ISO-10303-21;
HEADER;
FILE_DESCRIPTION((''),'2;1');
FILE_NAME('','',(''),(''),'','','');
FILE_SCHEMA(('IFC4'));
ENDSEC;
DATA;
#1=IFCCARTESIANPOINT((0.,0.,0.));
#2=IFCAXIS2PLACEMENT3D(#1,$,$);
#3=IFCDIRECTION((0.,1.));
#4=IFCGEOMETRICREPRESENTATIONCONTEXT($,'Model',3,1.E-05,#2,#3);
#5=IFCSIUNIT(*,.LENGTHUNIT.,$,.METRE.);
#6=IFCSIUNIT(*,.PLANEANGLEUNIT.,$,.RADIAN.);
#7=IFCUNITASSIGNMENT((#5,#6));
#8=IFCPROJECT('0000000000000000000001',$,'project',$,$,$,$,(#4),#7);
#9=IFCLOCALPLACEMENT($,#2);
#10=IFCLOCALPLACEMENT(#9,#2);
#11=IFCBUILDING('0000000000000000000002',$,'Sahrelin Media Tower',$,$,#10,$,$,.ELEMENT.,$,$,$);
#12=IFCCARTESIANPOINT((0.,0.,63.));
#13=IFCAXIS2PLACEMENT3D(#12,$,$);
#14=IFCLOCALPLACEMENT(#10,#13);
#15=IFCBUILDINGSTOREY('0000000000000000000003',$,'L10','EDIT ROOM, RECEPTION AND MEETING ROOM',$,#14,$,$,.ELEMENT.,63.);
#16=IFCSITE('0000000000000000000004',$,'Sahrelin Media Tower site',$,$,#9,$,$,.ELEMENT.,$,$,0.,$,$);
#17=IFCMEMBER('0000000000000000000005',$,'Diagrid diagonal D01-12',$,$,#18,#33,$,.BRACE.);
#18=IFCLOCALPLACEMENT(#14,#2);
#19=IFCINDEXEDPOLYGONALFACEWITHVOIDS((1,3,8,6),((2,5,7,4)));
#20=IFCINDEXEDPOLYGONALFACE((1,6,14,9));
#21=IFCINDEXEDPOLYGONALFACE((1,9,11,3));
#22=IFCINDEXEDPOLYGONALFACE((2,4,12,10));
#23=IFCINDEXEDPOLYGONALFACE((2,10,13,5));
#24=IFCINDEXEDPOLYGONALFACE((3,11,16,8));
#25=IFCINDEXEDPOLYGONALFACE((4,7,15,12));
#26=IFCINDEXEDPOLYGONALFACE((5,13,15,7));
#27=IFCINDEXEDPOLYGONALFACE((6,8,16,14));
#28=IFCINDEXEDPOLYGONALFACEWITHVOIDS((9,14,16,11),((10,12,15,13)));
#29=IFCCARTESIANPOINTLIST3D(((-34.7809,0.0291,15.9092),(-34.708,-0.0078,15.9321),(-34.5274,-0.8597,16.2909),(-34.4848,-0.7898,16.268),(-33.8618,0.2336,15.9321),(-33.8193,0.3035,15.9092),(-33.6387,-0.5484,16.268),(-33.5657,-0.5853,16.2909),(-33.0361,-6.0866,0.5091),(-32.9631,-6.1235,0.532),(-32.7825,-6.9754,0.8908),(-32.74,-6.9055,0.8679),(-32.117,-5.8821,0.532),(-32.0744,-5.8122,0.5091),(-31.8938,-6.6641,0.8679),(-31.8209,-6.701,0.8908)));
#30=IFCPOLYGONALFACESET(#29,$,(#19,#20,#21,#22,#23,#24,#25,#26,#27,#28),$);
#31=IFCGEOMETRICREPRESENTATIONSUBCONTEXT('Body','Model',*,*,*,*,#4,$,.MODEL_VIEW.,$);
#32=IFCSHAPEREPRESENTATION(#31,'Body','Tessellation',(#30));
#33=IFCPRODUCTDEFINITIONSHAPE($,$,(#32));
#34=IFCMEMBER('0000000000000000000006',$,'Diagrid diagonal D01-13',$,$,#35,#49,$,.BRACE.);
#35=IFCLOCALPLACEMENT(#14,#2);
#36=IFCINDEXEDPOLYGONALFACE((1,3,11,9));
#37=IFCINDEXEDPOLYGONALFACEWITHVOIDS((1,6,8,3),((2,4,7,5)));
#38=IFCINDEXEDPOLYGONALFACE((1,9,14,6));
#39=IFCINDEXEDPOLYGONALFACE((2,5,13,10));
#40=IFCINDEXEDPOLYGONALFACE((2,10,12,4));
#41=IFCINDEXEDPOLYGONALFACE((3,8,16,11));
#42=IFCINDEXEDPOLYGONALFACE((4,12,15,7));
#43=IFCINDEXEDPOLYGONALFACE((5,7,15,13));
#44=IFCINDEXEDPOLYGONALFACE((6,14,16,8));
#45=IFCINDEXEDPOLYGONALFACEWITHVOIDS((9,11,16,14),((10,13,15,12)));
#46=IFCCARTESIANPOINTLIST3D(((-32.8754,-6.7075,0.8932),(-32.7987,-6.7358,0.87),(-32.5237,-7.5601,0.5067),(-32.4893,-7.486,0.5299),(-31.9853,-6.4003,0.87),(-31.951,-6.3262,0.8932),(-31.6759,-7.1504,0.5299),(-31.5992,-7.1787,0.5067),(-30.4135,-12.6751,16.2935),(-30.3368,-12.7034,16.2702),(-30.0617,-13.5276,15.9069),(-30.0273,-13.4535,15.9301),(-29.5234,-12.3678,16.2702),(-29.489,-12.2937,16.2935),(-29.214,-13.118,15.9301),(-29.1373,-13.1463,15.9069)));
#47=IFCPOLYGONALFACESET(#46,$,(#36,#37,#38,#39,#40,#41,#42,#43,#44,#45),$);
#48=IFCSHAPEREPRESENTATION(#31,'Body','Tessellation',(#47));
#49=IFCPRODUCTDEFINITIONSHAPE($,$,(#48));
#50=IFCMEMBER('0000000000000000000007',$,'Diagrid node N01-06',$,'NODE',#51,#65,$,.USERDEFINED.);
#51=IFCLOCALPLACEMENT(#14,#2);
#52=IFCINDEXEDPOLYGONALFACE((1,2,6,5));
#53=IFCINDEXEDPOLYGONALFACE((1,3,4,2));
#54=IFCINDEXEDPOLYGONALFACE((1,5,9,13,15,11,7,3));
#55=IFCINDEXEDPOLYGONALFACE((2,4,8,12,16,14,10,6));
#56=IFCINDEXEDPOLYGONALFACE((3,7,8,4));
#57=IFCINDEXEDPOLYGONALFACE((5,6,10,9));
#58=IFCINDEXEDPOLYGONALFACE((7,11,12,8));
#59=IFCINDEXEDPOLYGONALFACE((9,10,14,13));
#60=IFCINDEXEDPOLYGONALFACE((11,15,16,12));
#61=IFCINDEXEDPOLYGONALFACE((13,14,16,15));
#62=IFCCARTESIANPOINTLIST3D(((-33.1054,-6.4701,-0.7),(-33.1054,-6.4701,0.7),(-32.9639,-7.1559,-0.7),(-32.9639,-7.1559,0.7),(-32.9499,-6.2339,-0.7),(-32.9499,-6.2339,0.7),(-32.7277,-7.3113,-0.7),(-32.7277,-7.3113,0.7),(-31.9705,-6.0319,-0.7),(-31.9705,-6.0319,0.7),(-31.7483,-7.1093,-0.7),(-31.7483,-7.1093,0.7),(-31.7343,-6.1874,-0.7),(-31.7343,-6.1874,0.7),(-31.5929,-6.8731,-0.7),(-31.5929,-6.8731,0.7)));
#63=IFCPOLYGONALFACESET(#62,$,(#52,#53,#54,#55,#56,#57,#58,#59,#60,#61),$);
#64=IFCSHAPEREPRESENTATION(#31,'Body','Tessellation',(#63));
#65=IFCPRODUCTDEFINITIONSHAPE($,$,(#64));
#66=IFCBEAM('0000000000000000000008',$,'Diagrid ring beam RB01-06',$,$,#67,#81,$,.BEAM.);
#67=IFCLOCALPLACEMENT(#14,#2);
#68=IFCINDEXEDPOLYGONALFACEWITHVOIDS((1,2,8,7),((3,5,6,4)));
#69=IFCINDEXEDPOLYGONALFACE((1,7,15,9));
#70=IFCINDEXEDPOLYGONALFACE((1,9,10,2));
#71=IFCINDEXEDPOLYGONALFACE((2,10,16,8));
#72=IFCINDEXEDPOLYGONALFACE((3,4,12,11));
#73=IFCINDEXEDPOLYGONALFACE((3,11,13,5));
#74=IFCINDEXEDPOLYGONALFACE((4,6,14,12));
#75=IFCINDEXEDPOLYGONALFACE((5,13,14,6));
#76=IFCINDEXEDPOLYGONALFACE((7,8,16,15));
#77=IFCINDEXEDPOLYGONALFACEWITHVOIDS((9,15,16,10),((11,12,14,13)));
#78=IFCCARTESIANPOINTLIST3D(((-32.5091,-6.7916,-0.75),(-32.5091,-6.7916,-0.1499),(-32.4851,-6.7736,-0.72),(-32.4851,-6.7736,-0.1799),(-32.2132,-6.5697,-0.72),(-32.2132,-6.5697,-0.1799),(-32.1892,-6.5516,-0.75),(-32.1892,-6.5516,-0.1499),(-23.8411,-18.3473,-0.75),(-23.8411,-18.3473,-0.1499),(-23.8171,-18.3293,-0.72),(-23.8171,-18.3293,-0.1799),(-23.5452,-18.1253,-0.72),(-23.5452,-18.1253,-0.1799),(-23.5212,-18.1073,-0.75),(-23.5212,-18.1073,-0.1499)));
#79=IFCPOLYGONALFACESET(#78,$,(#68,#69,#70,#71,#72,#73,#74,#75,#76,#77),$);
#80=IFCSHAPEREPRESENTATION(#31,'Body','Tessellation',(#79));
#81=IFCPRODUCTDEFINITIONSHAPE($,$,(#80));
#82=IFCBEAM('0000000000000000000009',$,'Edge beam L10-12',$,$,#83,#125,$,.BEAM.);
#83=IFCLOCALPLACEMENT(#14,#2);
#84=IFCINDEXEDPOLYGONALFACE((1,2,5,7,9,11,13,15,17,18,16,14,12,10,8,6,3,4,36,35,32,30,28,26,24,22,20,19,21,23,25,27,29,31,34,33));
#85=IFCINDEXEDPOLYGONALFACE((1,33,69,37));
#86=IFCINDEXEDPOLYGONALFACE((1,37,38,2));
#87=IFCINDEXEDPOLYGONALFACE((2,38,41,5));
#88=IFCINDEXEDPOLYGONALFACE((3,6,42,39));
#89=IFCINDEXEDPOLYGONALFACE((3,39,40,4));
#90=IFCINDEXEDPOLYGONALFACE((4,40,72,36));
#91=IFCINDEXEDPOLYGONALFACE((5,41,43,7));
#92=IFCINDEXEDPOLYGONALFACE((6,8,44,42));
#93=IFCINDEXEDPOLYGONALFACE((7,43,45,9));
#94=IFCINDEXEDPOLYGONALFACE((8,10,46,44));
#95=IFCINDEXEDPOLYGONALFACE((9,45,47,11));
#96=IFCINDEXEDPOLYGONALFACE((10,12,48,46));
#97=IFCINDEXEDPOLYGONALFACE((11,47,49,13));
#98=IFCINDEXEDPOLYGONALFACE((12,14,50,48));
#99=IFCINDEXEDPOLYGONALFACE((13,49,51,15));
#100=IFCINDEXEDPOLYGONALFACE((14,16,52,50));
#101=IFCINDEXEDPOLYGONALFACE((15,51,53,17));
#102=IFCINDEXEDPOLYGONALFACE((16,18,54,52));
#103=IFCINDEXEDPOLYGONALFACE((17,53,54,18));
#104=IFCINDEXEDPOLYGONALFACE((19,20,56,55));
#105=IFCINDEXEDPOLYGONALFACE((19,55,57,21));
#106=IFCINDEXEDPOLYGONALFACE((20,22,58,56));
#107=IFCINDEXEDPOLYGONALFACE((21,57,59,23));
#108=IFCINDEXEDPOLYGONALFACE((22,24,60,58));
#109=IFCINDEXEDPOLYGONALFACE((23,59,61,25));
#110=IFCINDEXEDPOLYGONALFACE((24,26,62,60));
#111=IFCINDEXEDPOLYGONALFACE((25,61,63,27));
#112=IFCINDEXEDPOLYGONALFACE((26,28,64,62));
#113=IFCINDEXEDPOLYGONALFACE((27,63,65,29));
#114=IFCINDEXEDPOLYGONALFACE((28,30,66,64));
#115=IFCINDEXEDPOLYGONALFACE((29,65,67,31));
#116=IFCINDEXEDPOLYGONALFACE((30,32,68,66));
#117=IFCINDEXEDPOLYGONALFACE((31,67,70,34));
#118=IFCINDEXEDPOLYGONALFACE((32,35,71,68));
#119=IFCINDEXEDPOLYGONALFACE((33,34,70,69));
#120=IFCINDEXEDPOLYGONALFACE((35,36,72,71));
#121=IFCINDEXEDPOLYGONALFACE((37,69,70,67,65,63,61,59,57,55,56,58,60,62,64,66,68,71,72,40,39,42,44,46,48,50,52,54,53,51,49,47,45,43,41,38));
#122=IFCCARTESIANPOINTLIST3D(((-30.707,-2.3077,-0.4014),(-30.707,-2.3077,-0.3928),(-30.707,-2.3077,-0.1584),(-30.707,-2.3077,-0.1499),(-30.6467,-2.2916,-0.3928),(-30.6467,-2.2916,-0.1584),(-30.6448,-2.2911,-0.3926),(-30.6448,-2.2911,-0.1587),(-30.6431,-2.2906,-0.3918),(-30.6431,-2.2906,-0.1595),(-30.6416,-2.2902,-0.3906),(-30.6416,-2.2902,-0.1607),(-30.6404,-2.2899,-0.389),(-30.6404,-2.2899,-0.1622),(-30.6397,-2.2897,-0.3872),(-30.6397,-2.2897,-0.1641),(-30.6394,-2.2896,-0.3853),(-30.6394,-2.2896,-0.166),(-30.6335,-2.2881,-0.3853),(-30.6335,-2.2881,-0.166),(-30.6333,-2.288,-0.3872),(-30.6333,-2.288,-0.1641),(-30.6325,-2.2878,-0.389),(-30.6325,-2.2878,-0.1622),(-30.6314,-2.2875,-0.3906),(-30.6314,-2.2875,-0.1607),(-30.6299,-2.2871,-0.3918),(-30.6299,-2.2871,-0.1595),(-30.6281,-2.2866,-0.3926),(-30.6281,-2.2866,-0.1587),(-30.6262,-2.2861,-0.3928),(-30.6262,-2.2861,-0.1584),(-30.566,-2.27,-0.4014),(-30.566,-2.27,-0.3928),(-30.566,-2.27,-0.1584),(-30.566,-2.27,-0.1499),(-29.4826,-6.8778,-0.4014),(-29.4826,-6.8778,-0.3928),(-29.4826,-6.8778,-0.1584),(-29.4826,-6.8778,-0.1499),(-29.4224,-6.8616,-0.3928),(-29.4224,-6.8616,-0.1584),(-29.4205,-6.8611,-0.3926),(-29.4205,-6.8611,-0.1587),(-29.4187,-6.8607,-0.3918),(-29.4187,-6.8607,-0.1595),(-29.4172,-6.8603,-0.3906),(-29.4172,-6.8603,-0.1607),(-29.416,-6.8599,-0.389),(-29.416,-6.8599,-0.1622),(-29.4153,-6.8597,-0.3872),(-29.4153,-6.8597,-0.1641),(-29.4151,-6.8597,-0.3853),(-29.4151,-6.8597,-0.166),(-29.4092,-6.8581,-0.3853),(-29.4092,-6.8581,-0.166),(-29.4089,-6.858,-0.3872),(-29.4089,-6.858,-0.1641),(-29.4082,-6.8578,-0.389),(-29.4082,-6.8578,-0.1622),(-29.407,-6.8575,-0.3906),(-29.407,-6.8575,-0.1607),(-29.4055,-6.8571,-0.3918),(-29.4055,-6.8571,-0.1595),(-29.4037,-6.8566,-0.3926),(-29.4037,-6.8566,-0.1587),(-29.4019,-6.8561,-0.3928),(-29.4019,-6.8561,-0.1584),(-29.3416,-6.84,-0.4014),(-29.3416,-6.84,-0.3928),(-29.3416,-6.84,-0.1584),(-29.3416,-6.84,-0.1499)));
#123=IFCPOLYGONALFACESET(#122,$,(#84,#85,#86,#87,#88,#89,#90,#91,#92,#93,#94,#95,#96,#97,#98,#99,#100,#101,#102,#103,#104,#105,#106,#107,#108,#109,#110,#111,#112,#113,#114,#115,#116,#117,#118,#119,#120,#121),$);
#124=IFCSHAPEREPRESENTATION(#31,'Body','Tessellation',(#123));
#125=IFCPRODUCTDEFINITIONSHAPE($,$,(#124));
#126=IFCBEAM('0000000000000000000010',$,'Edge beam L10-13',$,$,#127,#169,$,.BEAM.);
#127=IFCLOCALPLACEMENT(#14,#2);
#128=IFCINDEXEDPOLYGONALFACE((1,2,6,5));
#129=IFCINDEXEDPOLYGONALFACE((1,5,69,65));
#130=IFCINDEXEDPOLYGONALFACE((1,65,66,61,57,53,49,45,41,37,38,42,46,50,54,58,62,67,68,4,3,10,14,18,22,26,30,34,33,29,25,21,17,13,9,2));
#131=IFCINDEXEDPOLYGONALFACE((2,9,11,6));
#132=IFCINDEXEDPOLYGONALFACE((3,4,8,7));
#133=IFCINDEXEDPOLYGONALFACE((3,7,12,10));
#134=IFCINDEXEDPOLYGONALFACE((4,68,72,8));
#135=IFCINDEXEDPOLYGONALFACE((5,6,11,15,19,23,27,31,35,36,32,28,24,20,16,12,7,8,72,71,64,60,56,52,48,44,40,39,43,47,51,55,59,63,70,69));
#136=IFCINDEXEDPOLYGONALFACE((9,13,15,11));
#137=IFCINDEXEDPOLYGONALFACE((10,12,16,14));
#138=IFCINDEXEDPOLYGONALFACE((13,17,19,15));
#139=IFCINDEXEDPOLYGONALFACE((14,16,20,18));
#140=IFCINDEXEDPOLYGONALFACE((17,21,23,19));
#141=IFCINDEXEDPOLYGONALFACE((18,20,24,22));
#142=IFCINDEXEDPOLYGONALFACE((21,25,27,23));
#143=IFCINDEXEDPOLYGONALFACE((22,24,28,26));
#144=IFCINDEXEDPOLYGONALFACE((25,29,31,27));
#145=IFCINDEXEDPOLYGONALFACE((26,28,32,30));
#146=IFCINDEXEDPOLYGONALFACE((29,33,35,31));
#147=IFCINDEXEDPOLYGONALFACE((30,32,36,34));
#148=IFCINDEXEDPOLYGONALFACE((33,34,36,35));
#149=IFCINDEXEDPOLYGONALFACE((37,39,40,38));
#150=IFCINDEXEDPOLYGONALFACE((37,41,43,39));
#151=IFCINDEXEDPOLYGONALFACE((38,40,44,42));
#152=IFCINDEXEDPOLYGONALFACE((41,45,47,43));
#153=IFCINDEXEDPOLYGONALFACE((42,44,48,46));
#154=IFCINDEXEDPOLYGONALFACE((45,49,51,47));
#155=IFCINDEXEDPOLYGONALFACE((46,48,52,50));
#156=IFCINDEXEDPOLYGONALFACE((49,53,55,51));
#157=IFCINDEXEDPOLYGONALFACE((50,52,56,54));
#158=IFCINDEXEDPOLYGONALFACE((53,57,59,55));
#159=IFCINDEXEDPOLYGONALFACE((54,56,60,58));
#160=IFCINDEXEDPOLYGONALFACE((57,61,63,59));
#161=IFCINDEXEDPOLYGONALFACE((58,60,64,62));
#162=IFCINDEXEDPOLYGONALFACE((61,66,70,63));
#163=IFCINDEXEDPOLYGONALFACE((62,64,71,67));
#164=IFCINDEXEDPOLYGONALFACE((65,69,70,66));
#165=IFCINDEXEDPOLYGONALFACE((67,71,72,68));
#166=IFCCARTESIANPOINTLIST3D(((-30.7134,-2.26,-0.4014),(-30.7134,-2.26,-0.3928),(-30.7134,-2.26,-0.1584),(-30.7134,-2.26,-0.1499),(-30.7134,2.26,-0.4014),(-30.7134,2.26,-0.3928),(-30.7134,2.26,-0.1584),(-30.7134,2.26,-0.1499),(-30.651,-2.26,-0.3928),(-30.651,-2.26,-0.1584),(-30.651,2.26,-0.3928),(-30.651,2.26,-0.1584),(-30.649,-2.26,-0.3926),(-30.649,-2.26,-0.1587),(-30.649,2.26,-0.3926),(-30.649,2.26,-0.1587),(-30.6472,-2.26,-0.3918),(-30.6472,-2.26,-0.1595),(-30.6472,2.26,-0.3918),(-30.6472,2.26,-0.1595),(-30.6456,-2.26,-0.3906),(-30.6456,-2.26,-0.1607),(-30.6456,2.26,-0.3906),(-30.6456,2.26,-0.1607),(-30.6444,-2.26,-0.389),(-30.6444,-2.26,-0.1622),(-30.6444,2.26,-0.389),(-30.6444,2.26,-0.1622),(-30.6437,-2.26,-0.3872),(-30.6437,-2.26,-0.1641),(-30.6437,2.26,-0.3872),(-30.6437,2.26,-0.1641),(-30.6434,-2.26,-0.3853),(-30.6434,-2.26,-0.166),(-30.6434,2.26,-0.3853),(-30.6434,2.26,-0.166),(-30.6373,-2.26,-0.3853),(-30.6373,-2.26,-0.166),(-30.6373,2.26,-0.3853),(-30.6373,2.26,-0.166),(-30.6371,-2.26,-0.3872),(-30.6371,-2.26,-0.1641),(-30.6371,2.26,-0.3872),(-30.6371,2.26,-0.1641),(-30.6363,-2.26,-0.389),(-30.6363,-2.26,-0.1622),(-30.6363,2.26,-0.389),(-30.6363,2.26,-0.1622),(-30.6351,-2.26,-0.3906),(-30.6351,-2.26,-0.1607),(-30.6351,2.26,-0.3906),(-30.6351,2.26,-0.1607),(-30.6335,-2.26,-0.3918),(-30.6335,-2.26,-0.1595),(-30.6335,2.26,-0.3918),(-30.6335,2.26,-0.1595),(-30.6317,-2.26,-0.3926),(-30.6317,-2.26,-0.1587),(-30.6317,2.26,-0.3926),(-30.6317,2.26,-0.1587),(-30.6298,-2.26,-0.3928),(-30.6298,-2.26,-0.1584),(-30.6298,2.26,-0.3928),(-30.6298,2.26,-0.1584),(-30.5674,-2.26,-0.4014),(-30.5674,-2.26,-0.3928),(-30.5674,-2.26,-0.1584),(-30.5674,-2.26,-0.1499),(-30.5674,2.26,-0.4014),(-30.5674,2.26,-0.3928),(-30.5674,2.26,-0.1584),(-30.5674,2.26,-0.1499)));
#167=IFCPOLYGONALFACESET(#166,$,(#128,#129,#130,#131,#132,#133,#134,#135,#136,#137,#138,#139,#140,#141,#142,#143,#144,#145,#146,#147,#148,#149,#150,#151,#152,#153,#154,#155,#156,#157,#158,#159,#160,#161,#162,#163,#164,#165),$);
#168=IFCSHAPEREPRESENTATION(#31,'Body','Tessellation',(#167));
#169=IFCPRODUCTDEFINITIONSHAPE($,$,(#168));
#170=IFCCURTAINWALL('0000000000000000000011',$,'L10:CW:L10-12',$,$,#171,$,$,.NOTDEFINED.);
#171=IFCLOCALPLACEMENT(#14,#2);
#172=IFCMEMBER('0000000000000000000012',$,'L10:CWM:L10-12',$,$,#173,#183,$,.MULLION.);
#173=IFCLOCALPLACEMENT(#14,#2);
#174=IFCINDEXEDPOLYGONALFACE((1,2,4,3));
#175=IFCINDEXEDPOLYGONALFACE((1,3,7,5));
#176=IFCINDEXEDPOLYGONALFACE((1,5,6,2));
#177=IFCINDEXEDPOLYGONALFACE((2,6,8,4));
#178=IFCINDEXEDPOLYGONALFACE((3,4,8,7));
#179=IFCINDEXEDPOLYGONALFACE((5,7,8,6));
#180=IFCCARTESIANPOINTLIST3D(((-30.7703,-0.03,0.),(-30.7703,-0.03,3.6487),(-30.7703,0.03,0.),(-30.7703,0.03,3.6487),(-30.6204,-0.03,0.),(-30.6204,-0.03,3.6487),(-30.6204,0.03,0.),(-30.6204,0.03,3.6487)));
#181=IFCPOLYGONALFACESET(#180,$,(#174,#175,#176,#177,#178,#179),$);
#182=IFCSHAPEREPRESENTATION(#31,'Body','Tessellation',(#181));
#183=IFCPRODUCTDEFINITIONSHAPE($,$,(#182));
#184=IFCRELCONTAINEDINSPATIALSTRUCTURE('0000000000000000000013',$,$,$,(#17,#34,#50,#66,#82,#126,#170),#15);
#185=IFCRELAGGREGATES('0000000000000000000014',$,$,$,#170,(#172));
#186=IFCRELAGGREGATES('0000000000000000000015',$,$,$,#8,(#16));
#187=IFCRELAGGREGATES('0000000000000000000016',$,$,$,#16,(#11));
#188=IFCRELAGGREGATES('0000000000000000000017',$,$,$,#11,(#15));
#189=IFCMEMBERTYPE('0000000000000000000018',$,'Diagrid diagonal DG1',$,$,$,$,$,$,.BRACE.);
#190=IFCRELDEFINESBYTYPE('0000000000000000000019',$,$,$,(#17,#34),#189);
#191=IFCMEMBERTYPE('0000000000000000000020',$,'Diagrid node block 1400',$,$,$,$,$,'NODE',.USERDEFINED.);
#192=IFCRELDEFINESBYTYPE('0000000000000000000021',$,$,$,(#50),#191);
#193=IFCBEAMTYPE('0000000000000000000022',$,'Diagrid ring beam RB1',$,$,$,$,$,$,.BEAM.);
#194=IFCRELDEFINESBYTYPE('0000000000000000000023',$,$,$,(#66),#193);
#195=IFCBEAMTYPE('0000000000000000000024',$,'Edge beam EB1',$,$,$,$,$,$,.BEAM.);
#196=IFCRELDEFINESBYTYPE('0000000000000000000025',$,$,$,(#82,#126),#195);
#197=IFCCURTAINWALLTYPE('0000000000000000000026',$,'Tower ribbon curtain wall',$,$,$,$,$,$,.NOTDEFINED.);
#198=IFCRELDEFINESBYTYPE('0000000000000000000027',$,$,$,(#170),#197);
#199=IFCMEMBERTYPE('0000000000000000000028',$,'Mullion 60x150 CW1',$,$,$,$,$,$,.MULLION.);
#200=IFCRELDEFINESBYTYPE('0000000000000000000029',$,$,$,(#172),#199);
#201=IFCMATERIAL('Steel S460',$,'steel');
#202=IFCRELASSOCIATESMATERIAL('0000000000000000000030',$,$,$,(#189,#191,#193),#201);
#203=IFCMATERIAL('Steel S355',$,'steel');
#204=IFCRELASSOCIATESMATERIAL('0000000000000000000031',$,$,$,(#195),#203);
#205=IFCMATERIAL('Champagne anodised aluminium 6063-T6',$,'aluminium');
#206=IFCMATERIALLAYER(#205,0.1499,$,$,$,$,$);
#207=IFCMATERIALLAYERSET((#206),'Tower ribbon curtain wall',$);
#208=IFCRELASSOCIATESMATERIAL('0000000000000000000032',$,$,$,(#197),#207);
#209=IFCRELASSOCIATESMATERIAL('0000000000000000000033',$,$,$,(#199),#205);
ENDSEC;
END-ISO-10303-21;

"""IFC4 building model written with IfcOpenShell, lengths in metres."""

from ifc_helpers import new_model, si_unit, direction, frame, origin, origin_2d, place, context, subcontext, project, spatial, polyline, rectangle, hollow_rectangle, i_section, outline, extrude, material, layer, layer_set, material_profile, profile_set, type_object, element, aggregate, save


model = new_model("IFC4")

# Units and contexts
model_context = context("Model", 3, precision=1e-05, world=origin(), true_north=direction((0.0, 1.0)))
body_context = subcontext(model_context, "Body", "Model", "MODEL_VIEW")
ifc_project = project(units=[si_unit("LENGTHUNIT", "METRE"), si_unit("PLANEANGLEUNIT", "RADIAN")], contexts=[model_context])

# Site, building, storey
site_placement = place(None, origin())
site = spatial("IfcSite", under=ifc_project, at=site_placement, Name="Sahrelin Media Tower site", CompositionType="ELEMENT", RefElevation=0.0)
building_placement = place(site_placement, origin())
building = spatial("IfcBuilding", under=site, at=building_placement, Name="Sahrelin Media Tower", CompositionType="ELEMENT")
storey_placement = place(building_placement, frame((0.0, 0.0, 63.0)))
storey = spatial("IfcBuildingStorey", under=building, at=storey_placement, Name="L10", Description="EDIT ROOM, RECEPTION AND MEETING ROOM", CompositionType="ELEMENT", Elevation=63.0)

# Members
ifc_material_1 = material(Name="Steel S460", Category="steel")
ifc_material_profile_1 = material_profile(ifc_material_1, hollow_rectangle(XDim=1.0, YDim=1.0, WallThickness=0.0601, at=origin_2d()), Name="Diagrid diagonal DG1")
ifc_profile_set_1 = profile_set([ifc_material_profile_1], Name="Steel S460")
member_type_1 = type_object("IfcMemberType", Name="Diagrid diagonal DG1", PredefinedType="BRACE", material=ifc_profile_set_1)
member_1_placement = place(storey_placement, frame((-32.4285, -6.3938, 0.7), z_axis=(-0.104724, 0.367053, 0.924286), x_axis=(-0.961627, -0.274361, 0.0)))
element("IfcMember", 1, at=member_1_placement, inside=storey, type_object=member_type_1, Name="Diagrid diagonal D01-12", PredefinedType="BRACE", context=body_context, shape_type="SweptSolid", body=[
    extrude(hollow_rectangle(XDim=1.0, YDim=1.0, WallThickness=0.0601, at=origin_2d()), origin(), (0.0, 0.0, 1.0), 16.6616),
])
member_2_placement = place(storey_placement, frame((-32.2373, -6.9431, 0.7), z_axis=(0.147434, -0.357371, 0.922252), x_axis=(0.924422, 0.381372, 0.0)))
element("IfcMember", 2, at=member_2_placement, inside=storey, type_object=member_type_1, Name="Diagrid diagonal D01-13", PredefinedType="BRACE", context=body_context, shape_type="SweptSolid", body=[
    extrude(hollow_rectangle(XDim=1.0, YDim=1.0, WallThickness=0.0601, at=origin_2d()), origin(), (0.0, 0.0, 1.0), 16.6985),
])
ifc_material_profile_2 = material_profile(ifc_material_1, outline(polyline([(0.5, -0.55), (0.7, -0.3501), (0.7, 0.3501), (0.5, 0.55), (-0.5, 0.55), (-0.7, 0.3501), (-0.7, -0.3501), (-0.5, -0.55), (0.5, -0.55)])), Name="Diagrid node block 1400")
ifc_profile_set_2 = profile_set([ifc_material_profile_2], Name="Steel S460")
member_type_2 = type_object("IfcMemberType", Name="Diagrid node block 1400", ElementType="NODE", PredefinedType="USERDEFINED", material=ifc_profile_set_2)
member_3_placement = place(storey_placement, frame((-32.3491, -6.6716, -0.7), z_axis=(0.0, 0.0, 1.0), x_axis=(-0.979388, -0.201989, 0.0)))
element("IfcMember", 3, at=member_3_placement, inside=storey, type_object=member_type_2, Name="Diagrid node N01-06", ObjectType="NODE", PredefinedType="USERDEFINED", context=body_context, shape_type="SweptSolid", body=[
    extrude(outline(polyline([(0.5, -0.55), (0.7, -0.3501), (0.7, 0.3501), (0.5, 0.55), (-0.5, 0.55), (-0.7, 0.3501), (-0.7, -0.3501), (-0.5, -0.55), (0.5, -0.55)])), origin(), (0.0, 0.0, 1.0), 1.3999),
])

# Beams
ifc_material_profile_3 = material_profile(ifc_material_1, hollow_rectangle(XDim=0.3999, YDim=0.6001, WallThickness=0.03, at=origin_2d()), Name="Diagrid ring beam RB1")
ifc_profile_set_3 = profile_set([ifc_material_profile_3], Name="Steel S460")
beam_type_1 = type_object("IfcBeamType", Name="Diagrid ring beam RB1", PredefinedType="BEAM", material=ifc_profile_set_3)
beam_1_placement = place(storey_placement, frame((-32.3491, -6.6716, -0.45), z_axis=(0.600054, -0.799959, 0.0), x_axis=(0.799959, 0.600054, 0.0)))
element("IfcBeam", 4, at=beam_1_placement, inside=storey, type_object=beam_type_1, Name="Diagrid ring beam RB01-06", PredefinedType="BEAM", context=body_context, shape_type="SweptSolid", body=[
    extrude(hollow_rectangle(XDim=0.3999, YDim=0.6001, WallThickness=0.03, at=origin_2d()), origin(), (0.0, 0.0, 1.0), 14.4453),
])
ifc_material_2 = material(Name="Steel S355", Category="steel")
ifc_material_profile_4 = material_profile(ifc_material_2, i_section(OverallWidth=0.146, OverallDepth=0.2515, WebThickness=0.0061, FlangeThickness=0.0085, FilletRadius=0.0076, at=origin_2d()), Name="UB 254x146x31")
ifc_profile_set_4 = profile_set([ifc_material_profile_4], Name="Steel S355")
beam_type_2 = type_object("IfcBeamType", Name="Edge beam EB1", PredefinedType="BEAM", material=ifc_profile_set_4)
beam_2_placement = place(storey_placement, frame((-29.4121, -6.8589, -0.2756), z_axis=(-0.258783, 0.965935, 0.0), x_axis=(-0.965935, -0.258783, 0.0)))
element("IfcBeam", 5, at=beam_2_placement, inside=storey, type_object=beam_type_2, Name="Edge beam L10-12", PredefinedType="BEAM", context=body_context, shape_type="SweptSolid", body=[
    extrude(i_section(OverallWidth=0.146, OverallDepth=0.2515, WebThickness=0.0061, FlangeThickness=0.0085, FilletRadius=0.0076, at=origin_2d()), origin(), (0.0, 0.0, 1.0), 4.7312),
])
beam_3_placement = place(storey_placement, frame((-30.6404, -2.26, -0.2756), z_axis=(0.0, 1.0, 0.0), x_axis=(-1.0, 0.0, 0.0)))
element("IfcBeam", 6, at=beam_3_placement, inside=storey, type_object=beam_type_2, Name="Edge beam L10-13", PredefinedType="BEAM", context=body_context, shape_type="SweptSolid", body=[
    extrude(i_section(OverallWidth=0.146, OverallDepth=0.2515, WebThickness=0.0061, FlangeThickness=0.0085, FilletRadius=0.0076, at=origin_2d()), origin(), (0.0, 0.0, 1.0), 4.52),
])

# Curtain wall, member
ifc_material_3 = material(Name="Champagne anodised aluminium 6063-T6", Category="aluminium")
ifc_layer_1 = layer(ifc_material_3, 0.1499)
ifc_layer_set_1 = layer_set([ifc_layer_1], Name="Tower ribbon curtain wall")
curtain_wall_type = type_object("IfcCurtainWallType", Name="Tower ribbon curtain wall", PredefinedType="NOTDEFINED", material=ifc_layer_set_1)
curtain_wall_1_placement = place(storey_placement, frame((-30.7903, 0.0, 0.0), z_axis=(0.0, 0.0, 1.0), x_axis=(1.0, 0.0, 0.0)))
curtain_wall_1 = element("IfcCurtainWall", 7, at=curtain_wall_1_placement, inside=storey, type_object=curtain_wall_type, Name="L10:CW:L10-12", PredefinedType="NOTDEFINED")
ifc_material_profile_5 = material_profile(ifc_material_3, rectangle(XDim=0.0601, YDim=0.1499, at=origin_2d()), Name="Mullion 60x150")
ifc_profile_set_5 = profile_set([ifc_material_profile_5], Name="Champagne anodised aluminium 6063-T6")
member_type_3 = type_object("IfcMemberType", Name="Mullion 60x150 CW1", PredefinedType="MULLION", material=ifc_profile_set_5)
member_4_placement = place(storey_placement, frame((-30.6953, 0.0, 0.0), z_axis=(0.0, 0.0, 1.0), x_axis=(0.0, -1.0, 0.0)))
member_4 = element("IfcMember", 8, at=member_4_placement, type_object=member_type_3, Name="L10:CWM:L10-12", PredefinedType="MULLION", context=body_context, shape_type="SweptSolid", body=[
    extrude(rectangle(XDim=0.0601, YDim=0.1499, at=origin_2d()), origin(), (0.0, 0.0, 1.0), 3.6487),
])
aggregate(curtain_wall_1, [member_4])

save(model, "model.ifc")
